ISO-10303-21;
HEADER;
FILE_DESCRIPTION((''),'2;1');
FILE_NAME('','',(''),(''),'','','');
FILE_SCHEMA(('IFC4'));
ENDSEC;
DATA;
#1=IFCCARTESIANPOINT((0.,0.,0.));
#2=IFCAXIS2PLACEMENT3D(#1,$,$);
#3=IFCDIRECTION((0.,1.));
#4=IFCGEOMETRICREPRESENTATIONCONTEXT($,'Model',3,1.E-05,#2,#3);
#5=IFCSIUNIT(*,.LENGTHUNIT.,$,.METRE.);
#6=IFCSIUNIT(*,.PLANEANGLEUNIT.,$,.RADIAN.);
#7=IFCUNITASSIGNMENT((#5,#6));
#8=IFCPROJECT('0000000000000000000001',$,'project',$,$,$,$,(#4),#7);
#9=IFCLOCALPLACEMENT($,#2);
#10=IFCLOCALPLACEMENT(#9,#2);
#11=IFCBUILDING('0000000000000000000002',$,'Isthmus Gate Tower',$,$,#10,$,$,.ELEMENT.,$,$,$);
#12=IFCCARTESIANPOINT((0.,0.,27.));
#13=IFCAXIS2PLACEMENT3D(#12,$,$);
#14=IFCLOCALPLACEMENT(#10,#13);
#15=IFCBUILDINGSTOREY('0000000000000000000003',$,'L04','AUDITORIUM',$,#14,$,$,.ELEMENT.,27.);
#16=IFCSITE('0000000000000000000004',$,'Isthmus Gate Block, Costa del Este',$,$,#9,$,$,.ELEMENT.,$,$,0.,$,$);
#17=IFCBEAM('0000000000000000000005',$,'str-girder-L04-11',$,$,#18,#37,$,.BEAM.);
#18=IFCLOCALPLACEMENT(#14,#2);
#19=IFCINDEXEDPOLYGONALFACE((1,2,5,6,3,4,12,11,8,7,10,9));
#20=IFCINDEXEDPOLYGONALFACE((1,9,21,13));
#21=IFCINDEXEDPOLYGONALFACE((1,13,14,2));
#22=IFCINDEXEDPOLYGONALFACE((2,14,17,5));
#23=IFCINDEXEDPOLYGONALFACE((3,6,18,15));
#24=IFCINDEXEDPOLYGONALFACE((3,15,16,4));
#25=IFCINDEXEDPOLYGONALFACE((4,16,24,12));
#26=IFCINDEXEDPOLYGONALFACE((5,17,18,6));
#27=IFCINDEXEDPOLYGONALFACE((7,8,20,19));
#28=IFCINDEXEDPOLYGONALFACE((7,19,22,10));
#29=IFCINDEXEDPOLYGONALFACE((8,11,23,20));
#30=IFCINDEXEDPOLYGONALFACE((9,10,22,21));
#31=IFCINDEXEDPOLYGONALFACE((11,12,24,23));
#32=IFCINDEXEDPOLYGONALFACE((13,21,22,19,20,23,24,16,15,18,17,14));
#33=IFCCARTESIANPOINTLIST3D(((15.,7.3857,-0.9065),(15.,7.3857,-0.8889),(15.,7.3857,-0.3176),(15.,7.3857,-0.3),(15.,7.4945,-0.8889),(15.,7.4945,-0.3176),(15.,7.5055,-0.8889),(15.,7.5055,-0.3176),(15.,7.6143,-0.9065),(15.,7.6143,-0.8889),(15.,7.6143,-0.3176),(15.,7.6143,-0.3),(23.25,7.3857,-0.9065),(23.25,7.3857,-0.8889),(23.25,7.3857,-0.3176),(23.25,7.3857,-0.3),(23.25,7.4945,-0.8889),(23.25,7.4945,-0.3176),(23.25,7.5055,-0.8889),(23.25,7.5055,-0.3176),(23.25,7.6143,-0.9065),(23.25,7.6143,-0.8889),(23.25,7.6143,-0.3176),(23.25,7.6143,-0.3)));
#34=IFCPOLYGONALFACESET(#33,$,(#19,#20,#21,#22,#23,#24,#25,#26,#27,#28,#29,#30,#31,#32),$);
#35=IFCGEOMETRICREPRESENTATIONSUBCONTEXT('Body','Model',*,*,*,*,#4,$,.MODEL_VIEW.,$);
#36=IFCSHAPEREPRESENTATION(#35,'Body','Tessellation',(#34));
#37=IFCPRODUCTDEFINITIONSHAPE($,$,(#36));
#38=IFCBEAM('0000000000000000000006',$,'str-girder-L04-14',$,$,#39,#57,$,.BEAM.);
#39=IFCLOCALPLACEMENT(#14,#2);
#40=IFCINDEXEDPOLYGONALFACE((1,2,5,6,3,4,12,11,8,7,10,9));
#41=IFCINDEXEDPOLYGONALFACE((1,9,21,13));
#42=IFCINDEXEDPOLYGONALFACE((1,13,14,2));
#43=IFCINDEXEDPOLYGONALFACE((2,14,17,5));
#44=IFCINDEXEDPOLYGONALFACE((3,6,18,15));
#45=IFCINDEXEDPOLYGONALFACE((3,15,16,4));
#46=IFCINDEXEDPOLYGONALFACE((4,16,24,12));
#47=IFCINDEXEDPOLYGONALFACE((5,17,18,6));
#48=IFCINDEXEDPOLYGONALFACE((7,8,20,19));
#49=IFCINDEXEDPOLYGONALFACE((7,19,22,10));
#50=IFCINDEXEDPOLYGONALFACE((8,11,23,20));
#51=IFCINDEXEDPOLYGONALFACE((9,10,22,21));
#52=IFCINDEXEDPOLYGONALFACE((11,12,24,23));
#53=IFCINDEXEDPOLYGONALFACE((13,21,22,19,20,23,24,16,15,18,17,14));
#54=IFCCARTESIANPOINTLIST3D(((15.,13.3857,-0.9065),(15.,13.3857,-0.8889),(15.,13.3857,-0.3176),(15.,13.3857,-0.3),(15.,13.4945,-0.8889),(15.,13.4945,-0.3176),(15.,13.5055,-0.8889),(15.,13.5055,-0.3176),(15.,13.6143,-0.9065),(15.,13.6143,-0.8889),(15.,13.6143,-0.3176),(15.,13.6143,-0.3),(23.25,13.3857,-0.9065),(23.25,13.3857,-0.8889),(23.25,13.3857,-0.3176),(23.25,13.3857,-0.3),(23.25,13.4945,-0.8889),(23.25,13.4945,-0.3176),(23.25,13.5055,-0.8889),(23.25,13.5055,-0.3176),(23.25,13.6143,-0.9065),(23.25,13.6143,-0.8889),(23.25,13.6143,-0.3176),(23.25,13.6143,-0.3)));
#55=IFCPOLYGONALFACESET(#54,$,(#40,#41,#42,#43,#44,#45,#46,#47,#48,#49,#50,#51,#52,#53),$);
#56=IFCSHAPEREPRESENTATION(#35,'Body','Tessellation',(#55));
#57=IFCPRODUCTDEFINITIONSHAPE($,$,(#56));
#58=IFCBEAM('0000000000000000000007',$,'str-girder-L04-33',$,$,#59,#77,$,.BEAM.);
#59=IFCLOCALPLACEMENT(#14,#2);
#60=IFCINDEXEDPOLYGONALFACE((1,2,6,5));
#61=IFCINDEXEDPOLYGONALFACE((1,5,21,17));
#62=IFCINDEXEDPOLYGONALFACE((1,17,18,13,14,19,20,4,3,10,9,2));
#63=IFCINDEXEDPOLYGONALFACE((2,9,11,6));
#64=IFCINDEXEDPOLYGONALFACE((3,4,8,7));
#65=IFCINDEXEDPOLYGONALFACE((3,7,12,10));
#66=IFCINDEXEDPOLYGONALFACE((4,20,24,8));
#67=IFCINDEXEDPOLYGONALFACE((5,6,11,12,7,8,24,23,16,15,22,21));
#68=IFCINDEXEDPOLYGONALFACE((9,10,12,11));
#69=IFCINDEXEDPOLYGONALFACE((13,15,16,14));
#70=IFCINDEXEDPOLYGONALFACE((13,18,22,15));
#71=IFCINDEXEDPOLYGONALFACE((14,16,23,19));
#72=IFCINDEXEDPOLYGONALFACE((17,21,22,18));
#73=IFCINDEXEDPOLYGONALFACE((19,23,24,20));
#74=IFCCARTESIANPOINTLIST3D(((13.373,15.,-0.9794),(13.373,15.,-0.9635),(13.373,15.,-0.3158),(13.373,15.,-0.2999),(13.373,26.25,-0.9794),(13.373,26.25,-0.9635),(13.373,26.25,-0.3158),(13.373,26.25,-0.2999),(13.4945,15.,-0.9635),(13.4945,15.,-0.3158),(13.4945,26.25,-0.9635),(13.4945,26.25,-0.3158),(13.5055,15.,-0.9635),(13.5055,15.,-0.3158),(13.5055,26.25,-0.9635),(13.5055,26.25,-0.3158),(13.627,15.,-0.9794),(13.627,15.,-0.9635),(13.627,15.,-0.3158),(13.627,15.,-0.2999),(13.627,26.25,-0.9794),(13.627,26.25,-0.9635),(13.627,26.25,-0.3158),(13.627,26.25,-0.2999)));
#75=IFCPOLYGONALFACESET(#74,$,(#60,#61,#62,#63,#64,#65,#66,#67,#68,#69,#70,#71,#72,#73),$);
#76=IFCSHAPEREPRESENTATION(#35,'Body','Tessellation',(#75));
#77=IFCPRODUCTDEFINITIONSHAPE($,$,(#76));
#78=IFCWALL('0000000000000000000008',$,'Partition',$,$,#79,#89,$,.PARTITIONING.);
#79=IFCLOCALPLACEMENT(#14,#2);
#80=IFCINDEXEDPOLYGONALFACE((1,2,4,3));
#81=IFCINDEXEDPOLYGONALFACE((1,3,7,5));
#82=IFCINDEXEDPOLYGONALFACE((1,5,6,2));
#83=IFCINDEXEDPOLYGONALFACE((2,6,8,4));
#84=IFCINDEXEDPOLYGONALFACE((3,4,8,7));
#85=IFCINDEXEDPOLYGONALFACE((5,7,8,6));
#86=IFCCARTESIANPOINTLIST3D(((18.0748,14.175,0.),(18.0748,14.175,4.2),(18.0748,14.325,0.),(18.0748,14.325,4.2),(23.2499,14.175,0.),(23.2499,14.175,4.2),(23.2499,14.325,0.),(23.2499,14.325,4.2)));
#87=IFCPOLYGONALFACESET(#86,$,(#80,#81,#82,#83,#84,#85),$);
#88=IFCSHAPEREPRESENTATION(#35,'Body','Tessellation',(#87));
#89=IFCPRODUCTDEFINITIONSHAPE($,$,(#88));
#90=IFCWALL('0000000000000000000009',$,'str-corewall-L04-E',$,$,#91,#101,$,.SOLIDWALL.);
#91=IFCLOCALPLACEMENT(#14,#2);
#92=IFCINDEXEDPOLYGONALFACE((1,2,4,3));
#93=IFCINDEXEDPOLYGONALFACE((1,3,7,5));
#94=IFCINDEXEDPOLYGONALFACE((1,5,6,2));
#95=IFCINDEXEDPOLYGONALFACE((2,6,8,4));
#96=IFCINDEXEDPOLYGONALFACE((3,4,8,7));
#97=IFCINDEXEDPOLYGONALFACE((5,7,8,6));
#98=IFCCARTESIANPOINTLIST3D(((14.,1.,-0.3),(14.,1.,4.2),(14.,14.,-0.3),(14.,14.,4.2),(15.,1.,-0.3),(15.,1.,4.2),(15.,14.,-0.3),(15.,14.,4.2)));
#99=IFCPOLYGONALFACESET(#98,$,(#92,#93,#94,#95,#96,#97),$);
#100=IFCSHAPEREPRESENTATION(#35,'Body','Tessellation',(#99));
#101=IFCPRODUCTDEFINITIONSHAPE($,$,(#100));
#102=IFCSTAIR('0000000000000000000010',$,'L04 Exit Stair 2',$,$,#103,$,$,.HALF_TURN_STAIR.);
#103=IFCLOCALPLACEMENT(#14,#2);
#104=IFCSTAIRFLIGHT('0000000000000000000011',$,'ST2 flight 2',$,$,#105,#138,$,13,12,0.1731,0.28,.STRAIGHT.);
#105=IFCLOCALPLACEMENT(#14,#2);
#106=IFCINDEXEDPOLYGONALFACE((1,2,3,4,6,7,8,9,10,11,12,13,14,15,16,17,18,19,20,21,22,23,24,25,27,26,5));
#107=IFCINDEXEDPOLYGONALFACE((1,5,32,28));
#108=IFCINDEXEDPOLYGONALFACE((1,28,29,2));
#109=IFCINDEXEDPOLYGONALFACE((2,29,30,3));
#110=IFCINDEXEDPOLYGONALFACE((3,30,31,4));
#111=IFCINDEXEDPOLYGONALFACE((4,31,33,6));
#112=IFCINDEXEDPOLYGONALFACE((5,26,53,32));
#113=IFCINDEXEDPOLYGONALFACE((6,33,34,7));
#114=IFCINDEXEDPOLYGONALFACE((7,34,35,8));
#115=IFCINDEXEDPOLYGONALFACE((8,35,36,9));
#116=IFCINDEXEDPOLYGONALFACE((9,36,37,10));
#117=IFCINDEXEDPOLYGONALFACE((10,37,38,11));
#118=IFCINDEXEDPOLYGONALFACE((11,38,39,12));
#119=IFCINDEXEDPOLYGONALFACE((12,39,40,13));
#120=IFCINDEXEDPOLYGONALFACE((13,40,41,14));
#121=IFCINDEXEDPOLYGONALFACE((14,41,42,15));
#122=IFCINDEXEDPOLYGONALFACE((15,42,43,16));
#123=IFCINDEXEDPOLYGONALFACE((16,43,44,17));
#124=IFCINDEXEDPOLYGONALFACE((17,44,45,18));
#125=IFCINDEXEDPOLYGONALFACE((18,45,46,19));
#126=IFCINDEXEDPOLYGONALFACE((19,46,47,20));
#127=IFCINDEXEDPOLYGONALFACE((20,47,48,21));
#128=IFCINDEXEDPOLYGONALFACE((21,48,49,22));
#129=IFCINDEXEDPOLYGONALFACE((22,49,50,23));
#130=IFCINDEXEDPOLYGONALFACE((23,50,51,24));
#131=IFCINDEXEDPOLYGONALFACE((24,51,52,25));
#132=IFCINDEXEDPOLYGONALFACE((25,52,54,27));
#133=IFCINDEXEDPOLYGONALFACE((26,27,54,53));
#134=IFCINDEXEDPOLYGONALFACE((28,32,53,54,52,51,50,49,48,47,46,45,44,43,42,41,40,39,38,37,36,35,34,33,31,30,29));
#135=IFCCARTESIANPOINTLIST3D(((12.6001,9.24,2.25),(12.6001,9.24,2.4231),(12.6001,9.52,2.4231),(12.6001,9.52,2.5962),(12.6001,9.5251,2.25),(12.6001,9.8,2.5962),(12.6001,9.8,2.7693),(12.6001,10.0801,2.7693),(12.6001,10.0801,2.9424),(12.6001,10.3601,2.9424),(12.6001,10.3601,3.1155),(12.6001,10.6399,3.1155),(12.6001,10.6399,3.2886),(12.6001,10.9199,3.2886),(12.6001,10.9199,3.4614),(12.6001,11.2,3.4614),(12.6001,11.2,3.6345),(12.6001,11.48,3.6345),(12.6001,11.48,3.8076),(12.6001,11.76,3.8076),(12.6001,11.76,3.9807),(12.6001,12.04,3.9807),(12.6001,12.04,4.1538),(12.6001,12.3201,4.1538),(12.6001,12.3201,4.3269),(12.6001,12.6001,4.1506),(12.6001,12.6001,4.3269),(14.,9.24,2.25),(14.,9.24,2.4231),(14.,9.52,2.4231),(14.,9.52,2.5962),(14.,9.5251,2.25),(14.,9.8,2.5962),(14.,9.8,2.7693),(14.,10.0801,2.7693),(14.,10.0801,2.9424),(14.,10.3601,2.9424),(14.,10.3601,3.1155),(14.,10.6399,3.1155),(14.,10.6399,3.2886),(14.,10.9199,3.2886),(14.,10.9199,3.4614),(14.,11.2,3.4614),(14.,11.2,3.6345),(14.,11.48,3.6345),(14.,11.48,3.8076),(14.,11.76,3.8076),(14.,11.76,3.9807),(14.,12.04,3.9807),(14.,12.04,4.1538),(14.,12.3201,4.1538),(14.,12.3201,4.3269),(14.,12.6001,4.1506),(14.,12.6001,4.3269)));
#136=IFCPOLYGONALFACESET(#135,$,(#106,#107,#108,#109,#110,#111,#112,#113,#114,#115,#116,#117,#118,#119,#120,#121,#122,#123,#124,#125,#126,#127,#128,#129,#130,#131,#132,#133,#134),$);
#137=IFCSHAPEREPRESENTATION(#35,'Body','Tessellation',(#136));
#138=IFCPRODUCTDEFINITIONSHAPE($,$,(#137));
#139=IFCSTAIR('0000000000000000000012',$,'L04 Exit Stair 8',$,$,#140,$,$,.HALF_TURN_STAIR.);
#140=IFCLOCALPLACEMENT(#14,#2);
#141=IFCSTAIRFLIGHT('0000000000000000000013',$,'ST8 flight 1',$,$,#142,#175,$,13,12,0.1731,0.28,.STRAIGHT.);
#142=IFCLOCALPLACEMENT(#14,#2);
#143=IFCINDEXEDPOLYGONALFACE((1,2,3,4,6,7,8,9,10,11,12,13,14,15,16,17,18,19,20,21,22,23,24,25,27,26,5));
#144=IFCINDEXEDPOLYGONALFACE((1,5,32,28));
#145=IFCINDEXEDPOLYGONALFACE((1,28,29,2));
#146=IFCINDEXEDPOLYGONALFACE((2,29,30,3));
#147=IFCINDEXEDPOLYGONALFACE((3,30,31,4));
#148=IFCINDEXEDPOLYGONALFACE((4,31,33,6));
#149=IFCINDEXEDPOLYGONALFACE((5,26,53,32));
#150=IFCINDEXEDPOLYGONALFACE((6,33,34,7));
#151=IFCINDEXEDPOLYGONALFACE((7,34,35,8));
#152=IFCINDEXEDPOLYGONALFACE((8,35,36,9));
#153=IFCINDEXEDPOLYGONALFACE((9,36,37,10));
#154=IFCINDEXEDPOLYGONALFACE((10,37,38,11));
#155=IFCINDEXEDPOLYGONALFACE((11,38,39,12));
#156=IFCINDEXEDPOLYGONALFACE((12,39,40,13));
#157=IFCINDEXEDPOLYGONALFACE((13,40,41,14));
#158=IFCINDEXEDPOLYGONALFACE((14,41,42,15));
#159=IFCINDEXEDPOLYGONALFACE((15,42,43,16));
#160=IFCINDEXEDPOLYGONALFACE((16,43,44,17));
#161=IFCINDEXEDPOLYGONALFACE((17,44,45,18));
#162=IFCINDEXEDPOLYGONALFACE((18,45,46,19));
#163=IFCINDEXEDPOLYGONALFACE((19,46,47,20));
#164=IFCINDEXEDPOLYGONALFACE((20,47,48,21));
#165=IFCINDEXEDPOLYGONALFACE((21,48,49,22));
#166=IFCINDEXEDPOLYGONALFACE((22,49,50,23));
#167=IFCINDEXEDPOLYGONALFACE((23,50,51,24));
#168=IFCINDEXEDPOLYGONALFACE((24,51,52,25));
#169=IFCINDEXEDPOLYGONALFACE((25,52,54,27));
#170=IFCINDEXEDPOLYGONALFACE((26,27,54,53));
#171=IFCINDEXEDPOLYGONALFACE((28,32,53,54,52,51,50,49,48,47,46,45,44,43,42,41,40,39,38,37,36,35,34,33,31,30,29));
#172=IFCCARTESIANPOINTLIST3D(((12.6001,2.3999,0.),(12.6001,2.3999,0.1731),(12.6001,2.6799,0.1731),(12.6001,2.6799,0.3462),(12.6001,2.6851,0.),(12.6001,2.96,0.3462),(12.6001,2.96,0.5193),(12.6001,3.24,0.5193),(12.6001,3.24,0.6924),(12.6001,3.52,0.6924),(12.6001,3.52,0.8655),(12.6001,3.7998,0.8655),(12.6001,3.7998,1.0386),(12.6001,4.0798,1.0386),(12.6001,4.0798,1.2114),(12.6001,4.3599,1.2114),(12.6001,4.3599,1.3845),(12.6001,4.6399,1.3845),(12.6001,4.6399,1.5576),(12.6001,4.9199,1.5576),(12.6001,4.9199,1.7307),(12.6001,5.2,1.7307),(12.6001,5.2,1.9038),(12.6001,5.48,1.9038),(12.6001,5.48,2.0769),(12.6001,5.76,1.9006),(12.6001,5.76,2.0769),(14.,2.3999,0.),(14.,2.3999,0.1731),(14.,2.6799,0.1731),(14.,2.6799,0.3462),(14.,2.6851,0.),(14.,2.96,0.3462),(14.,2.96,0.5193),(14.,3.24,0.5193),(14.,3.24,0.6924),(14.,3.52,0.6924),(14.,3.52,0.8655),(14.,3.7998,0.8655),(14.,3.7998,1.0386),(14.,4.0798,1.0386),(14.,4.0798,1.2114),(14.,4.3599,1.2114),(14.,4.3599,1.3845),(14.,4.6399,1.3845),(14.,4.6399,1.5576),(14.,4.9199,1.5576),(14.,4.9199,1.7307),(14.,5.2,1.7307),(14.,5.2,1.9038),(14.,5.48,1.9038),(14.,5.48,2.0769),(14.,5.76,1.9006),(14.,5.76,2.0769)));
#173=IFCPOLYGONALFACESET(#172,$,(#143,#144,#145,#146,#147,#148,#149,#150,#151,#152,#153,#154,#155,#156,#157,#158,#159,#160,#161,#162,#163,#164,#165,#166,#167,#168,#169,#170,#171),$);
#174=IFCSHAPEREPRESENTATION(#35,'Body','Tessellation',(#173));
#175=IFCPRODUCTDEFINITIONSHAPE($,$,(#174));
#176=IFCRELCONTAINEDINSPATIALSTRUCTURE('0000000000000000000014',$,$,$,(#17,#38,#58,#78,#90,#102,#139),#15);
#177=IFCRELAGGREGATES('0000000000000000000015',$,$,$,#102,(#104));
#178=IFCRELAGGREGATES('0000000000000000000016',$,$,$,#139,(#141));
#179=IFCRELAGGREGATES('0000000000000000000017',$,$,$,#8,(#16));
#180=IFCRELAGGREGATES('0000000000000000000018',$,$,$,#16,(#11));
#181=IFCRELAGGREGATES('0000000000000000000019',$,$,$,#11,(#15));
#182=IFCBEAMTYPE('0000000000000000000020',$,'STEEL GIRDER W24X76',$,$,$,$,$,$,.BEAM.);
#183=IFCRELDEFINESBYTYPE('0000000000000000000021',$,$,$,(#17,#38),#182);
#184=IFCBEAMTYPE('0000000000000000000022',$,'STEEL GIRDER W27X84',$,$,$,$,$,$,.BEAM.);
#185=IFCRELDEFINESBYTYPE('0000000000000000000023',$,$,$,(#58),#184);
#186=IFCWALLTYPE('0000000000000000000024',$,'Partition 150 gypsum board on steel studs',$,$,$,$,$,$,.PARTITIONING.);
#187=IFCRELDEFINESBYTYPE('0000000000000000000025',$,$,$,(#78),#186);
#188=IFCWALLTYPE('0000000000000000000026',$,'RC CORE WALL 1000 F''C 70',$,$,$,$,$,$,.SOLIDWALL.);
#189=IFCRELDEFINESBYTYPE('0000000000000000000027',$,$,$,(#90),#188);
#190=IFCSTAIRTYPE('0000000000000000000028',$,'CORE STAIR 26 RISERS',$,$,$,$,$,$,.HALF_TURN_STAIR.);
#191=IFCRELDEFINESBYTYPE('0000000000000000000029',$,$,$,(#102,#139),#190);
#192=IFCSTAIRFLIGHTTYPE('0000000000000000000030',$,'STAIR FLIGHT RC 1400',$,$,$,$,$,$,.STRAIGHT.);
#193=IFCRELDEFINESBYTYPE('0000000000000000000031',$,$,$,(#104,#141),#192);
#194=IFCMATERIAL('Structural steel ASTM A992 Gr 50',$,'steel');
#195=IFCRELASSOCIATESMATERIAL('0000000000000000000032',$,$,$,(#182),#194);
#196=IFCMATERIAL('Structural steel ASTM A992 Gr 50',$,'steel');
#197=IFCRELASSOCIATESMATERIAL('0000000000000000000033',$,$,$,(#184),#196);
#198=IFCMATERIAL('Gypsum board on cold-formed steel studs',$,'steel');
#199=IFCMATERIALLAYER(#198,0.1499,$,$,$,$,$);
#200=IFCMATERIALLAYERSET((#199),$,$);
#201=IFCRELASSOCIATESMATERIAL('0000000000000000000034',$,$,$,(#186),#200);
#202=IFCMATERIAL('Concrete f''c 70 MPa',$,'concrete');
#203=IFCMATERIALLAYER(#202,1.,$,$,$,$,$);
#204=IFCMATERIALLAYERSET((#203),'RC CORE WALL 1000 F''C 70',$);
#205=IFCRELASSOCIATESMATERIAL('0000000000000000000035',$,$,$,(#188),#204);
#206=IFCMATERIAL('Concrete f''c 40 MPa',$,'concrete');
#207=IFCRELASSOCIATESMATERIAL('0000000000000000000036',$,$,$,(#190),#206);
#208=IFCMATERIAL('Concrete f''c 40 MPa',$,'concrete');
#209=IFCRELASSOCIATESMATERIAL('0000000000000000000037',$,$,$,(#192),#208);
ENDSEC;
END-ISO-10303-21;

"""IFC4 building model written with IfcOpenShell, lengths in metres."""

from ifc_helpers import new_model, si_unit, direction, frame, frame_2d, origin, origin_2d, place, context, subcontext, project, spatial, polyline, rectangle, i_section, outline, extrude, material, layer, layer_set, material_profile, profile_set, type_object, element, aggregate, save


model = new_model("IFC4")

# Units and contexts
model_context = context("Model", 3, precision=1e-05, world=origin(), true_north=direction((0.0, 1.0)))
body_context = subcontext(model_context, "Body", "Model", "MODEL_VIEW")
ifc_project = project(units=[si_unit("LENGTHUNIT", "METRE"), si_unit("PLANEANGLEUNIT", "RADIAN")], contexts=[model_context])

# Site, building, storey
site_placement = place(None, origin())
site = spatial("IfcSite", under=ifc_project, at=site_placement, Name="Isthmus Gate Block, Costa del Este", CompositionType="ELEMENT", RefElevation=0.0)
building_placement = place(site_placement, origin())
building = spatial("IfcBuilding", under=site, at=building_placement, Name="Isthmus Gate Tower", CompositionType="ELEMENT")
storey_placement = place(building_placement, frame((0.0, 0.0, 27.0)))
storey = spatial("IfcBuildingStorey", under=building, at=storey_placement, Name="L04", Description="AUDITORIUM", CompositionType="ELEMENT", Elevation=27.0)

# Beams
ifc_material_1 = material(Name="Structural steel ASTM A992 Gr 50", Category="steel")
ifc_material_profile_1 = material_profile(ifc_material_1, i_section(OverallWidth=0.2285, OverallDepth=0.6064, WebThickness=0.011, FlangeThickness=0.0176, at=origin_2d()), Name="W24X76")
ifc_profile_set_1 = profile_set([ifc_material_profile_1], Name="Structural steel ASTM A992 Gr 50")
beam_type_1 = type_object("IfcBeamType", Name="STEEL GIRDER W24X76", PredefinedType="BEAM", material=ifc_profile_set_1)
for number, where, z_axis, x_axis, name in (
    (1, (15.0, 7.5, -0.6033), (1.0, 0.0, 0.0), (0.0, 1.0, 0.0), "str-girder-L04-11"),
    (2, (15.0, 13.5, -0.6033), (1.0, 0.0, 0.0), (0.0, 1.0, 0.0), "str-girder-L04-14"),
):
    element("IfcBeam", number, at=place(storey_placement, frame(where, z_axis=z_axis, x_axis=x_axis)), inside=storey, type_object=beam_type_1, Name=name, PredefinedType="BEAM", context=body_context, shape_type="SweptSolid", body=[
        extrude(i_section(OverallWidth=0.2285, OverallDepth=0.6064, WebThickness=0.011, FlangeThickness=0.0176, at=origin_2d()), origin(), (0.0, 0.0, 1.0), 8.25),
    ])
ifc_material_2 = material(Name="Structural steel ASTM A992 Gr 50", Category="steel")
ifc_material_profile_2 = material_profile(ifc_material_2, i_section(OverallWidth=0.2539, OverallDepth=0.6794, WebThickness=0.011, FlangeThickness=0.0159, at=origin_2d()), Name="W27X84")
ifc_profile_set_2 = profile_set([ifc_material_profile_2], Name="Structural steel ASTM A992 Gr 50")
beam_type_2 = type_object("IfcBeamType", Name="STEEL GIRDER W27X84", PredefinedType="BEAM", material=ifc_profile_set_2)
beam_1_placement = place(storey_placement, frame((13.5, 15.0, -0.6396), z_axis=(0.0, 1.0, 0.0), x_axis=(-1.0, 0.0, 0.0)))
element("IfcBeam", 3, at=beam_1_placement, inside=storey, type_object=beam_type_2, Name="str-girder-L04-33", PredefinedType="BEAM", context=body_context, shape_type="SweptSolid", body=[
    extrude(i_section(OverallWidth=0.2539, OverallDepth=0.6794, WebThickness=0.011, FlangeThickness=0.0159, at=origin_2d()), origin(), (0.0, 0.0, 1.0), 11.25),
])

# Walls
ifc_material_3 = material(Name="Gypsum board on cold-formed steel studs", Category="steel")
ifc_layer_1 = layer(ifc_material_3, 0.1499)
ifc_layer_set_1 = layer_set([ifc_layer_1])
wall_type_1 = type_object("IfcWallType", Name="Partition 150 gypsum board on steel studs", PredefinedType="PARTITIONING", material=ifc_layer_set_1)
wall_1_placement = place(storey_placement, frame((18.075, 14.25, 0.0), z_axis=(0.0, 0.0, 1.0), x_axis=(1.0, 0.0, 0.0)))
element("IfcWall", 4, at=wall_1_placement, inside=storey, type_object=wall_type_1, Name="Partition", PredefinedType="PARTITIONING", context=body_context, shape_type="SweptSolid", body=[
    extrude(rectangle(XDim=5.175, YDim=0.1499, at=frame_2d((2.5874, 0.0))), origin(), (0.0, 0.0, 1.0), 4.2),
])
ifc_material_4 = material(Name="Concrete f'c 70 MPa", Category="concrete")
ifc_layer_2 = layer(ifc_material_4, 1.0)
ifc_layer_set_2 = layer_set([ifc_layer_2], Name="RC CORE WALL 1000 F'C 70")
wall_type_2 = type_object("IfcWallType", Name="RC CORE WALL 1000 F'C 70", PredefinedType="SOLIDWALL", material=ifc_layer_set_2)
wall_2_placement = place(storey_placement, frame((14.5, 1.0, -0.3), z_axis=(0.0, 0.0, 1.0), x_axis=(0.0, 1.0, 0.0)))
element("IfcWall", 5, at=wall_2_placement, inside=storey, type_object=wall_type_2, Name="str-corewall-L04-E", PredefinedType="SOLIDWALL", context=body_context, shape_type="SweptSolid", body=[
    extrude(rectangle(XDim=13.0, YDim=1.0, at=frame_2d((6.5, 0.0))), origin(), (0.0, 0.0, 1.0), 4.5),
])

# Stairs, stair flights
ifc_material_5 = material(Name="Concrete f'c 40 MPa", Category="concrete")
stair_type = type_object("IfcStairType", Name="CORE STAIR 26 RISERS", PredefinedType="HALF_TURN_STAIR", material=ifc_material_5)
stair_1_placement = place(storey_placement, origin())
stair_1 = element("IfcStair", 6, at=stair_1_placement, inside=storey, type_object=stair_type, Name="L04 Exit Stair 2", PredefinedType="HALF_TURN_STAIR")
ifc_material_6 = material(Name="Concrete f'c 40 MPa", Category="concrete")
stair_flight_type = type_object("IfcStairFlightType", Name="STAIR FLIGHT RC 1400", PredefinedType="STRAIGHT", material=ifc_material_6)
stair_flight_1_placement = place(storey_placement, frame((13.3, 9.24, 2.25), z_axis=(0.0, 0.0, 1.0), x_axis=(0.0, 1.0, 0.0)))
stair_flight_1 = element("IfcStairFlight", 7, at=stair_flight_1_placement, type_object=stair_flight_type, Name="ST2 flight 2", NumberOfRisers=13, NumberOfTreads=12, PredefinedType="STRAIGHT", RiserHeight=0.1731, TreadLength=0.28, context=body_context, shape_type="SweptSolid", body=[
    extrude(outline(polyline([(0.0, 0.0), (0.0, 0.1731), (0.28, 0.1731), (0.28, 0.3462), (0.5601, 0.3462), (0.5601, 0.5193), (0.8401, 0.5193), (0.8401, 0.6924), (1.1201, 0.6924), (1.1201, 0.8655), (1.3999, 0.8655), (1.3999, 1.0386), (1.6799, 1.0386), (1.6799, 1.2114), (1.96, 1.2114), (1.96, 1.3845), (2.24, 1.3845), (2.24, 1.5576), (2.52, 1.5576), (2.52, 1.7307), (2.8, 1.7307), (2.8, 1.9038), (3.0801, 1.9038), (3.0801, 2.0769), (3.3601, 2.0769), (3.3601, 2.25), (3.3601, 1.9006), (0.2852, 0.0), (0.0, 0.0)])), frame((0.0, 0.7, 0.0), z_axis=(0.0, -1.0, 0.0), x_axis=(1.0, 0.0, 0.0)), (0.0, 0.0, 1.0), 1.3999),
])
aggregate(stair_1, [stair_flight_1])
stair_2_placement = place(storey_placement, origin())
stair_2 = element("IfcStair", 8, at=stair_2_placement, inside=storey, type_object=stair_type, Name="L04 Exit Stair 8", PredefinedType="HALF_TURN_STAIR")
stair_flight_2_placement = place(storey_placement, frame((13.3, 2.3999, 0.0), z_axis=(0.0, 0.0, 1.0), x_axis=(0.0, 1.0, 0.0)))
stair_flight_2 = element("IfcStairFlight", 9, at=stair_flight_2_placement, type_object=stair_flight_type, Name="ST8 flight 1", NumberOfRisers=13, NumberOfTreads=12, PredefinedType="STRAIGHT", RiserHeight=0.1731, TreadLength=0.28, context=body_context, shape_type="SweptSolid", body=[
    extrude(outline(polyline([(0.0, 0.0), (0.0, 0.1731), (0.28, 0.1731), (0.28, 0.3462), (0.5601, 0.3462), (0.5601, 0.5193), (0.8401, 0.5193), (0.8401, 0.6924), (1.1201, 0.6924), (1.1201, 0.8655), (1.3999, 0.8655), (1.3999, 1.0386), (1.6799, 1.0386), (1.6799, 1.2114), (1.96, 1.2114), (1.96, 1.3845), (2.24, 1.3845), (2.24, 1.5576), (2.52, 1.5576), (2.52, 1.7307), (2.8, 1.7307), (2.8, 1.9038), (3.0801, 1.9038), (3.0801, 2.0769), (3.3601, 2.0769), (3.3601, 2.25), (3.3601, 1.9006), (0.2852, 0.0), (0.0, 0.0)])), frame((0.0, 0.7, 0.0), z_axis=(0.0, -1.0, 0.0), x_axis=(1.0, 0.0, 0.0)), (0.0, 0.0, 1.0), 1.3999),
])
aggregate(stair_2, [stair_flight_2])

save(model, "model.ifc")
